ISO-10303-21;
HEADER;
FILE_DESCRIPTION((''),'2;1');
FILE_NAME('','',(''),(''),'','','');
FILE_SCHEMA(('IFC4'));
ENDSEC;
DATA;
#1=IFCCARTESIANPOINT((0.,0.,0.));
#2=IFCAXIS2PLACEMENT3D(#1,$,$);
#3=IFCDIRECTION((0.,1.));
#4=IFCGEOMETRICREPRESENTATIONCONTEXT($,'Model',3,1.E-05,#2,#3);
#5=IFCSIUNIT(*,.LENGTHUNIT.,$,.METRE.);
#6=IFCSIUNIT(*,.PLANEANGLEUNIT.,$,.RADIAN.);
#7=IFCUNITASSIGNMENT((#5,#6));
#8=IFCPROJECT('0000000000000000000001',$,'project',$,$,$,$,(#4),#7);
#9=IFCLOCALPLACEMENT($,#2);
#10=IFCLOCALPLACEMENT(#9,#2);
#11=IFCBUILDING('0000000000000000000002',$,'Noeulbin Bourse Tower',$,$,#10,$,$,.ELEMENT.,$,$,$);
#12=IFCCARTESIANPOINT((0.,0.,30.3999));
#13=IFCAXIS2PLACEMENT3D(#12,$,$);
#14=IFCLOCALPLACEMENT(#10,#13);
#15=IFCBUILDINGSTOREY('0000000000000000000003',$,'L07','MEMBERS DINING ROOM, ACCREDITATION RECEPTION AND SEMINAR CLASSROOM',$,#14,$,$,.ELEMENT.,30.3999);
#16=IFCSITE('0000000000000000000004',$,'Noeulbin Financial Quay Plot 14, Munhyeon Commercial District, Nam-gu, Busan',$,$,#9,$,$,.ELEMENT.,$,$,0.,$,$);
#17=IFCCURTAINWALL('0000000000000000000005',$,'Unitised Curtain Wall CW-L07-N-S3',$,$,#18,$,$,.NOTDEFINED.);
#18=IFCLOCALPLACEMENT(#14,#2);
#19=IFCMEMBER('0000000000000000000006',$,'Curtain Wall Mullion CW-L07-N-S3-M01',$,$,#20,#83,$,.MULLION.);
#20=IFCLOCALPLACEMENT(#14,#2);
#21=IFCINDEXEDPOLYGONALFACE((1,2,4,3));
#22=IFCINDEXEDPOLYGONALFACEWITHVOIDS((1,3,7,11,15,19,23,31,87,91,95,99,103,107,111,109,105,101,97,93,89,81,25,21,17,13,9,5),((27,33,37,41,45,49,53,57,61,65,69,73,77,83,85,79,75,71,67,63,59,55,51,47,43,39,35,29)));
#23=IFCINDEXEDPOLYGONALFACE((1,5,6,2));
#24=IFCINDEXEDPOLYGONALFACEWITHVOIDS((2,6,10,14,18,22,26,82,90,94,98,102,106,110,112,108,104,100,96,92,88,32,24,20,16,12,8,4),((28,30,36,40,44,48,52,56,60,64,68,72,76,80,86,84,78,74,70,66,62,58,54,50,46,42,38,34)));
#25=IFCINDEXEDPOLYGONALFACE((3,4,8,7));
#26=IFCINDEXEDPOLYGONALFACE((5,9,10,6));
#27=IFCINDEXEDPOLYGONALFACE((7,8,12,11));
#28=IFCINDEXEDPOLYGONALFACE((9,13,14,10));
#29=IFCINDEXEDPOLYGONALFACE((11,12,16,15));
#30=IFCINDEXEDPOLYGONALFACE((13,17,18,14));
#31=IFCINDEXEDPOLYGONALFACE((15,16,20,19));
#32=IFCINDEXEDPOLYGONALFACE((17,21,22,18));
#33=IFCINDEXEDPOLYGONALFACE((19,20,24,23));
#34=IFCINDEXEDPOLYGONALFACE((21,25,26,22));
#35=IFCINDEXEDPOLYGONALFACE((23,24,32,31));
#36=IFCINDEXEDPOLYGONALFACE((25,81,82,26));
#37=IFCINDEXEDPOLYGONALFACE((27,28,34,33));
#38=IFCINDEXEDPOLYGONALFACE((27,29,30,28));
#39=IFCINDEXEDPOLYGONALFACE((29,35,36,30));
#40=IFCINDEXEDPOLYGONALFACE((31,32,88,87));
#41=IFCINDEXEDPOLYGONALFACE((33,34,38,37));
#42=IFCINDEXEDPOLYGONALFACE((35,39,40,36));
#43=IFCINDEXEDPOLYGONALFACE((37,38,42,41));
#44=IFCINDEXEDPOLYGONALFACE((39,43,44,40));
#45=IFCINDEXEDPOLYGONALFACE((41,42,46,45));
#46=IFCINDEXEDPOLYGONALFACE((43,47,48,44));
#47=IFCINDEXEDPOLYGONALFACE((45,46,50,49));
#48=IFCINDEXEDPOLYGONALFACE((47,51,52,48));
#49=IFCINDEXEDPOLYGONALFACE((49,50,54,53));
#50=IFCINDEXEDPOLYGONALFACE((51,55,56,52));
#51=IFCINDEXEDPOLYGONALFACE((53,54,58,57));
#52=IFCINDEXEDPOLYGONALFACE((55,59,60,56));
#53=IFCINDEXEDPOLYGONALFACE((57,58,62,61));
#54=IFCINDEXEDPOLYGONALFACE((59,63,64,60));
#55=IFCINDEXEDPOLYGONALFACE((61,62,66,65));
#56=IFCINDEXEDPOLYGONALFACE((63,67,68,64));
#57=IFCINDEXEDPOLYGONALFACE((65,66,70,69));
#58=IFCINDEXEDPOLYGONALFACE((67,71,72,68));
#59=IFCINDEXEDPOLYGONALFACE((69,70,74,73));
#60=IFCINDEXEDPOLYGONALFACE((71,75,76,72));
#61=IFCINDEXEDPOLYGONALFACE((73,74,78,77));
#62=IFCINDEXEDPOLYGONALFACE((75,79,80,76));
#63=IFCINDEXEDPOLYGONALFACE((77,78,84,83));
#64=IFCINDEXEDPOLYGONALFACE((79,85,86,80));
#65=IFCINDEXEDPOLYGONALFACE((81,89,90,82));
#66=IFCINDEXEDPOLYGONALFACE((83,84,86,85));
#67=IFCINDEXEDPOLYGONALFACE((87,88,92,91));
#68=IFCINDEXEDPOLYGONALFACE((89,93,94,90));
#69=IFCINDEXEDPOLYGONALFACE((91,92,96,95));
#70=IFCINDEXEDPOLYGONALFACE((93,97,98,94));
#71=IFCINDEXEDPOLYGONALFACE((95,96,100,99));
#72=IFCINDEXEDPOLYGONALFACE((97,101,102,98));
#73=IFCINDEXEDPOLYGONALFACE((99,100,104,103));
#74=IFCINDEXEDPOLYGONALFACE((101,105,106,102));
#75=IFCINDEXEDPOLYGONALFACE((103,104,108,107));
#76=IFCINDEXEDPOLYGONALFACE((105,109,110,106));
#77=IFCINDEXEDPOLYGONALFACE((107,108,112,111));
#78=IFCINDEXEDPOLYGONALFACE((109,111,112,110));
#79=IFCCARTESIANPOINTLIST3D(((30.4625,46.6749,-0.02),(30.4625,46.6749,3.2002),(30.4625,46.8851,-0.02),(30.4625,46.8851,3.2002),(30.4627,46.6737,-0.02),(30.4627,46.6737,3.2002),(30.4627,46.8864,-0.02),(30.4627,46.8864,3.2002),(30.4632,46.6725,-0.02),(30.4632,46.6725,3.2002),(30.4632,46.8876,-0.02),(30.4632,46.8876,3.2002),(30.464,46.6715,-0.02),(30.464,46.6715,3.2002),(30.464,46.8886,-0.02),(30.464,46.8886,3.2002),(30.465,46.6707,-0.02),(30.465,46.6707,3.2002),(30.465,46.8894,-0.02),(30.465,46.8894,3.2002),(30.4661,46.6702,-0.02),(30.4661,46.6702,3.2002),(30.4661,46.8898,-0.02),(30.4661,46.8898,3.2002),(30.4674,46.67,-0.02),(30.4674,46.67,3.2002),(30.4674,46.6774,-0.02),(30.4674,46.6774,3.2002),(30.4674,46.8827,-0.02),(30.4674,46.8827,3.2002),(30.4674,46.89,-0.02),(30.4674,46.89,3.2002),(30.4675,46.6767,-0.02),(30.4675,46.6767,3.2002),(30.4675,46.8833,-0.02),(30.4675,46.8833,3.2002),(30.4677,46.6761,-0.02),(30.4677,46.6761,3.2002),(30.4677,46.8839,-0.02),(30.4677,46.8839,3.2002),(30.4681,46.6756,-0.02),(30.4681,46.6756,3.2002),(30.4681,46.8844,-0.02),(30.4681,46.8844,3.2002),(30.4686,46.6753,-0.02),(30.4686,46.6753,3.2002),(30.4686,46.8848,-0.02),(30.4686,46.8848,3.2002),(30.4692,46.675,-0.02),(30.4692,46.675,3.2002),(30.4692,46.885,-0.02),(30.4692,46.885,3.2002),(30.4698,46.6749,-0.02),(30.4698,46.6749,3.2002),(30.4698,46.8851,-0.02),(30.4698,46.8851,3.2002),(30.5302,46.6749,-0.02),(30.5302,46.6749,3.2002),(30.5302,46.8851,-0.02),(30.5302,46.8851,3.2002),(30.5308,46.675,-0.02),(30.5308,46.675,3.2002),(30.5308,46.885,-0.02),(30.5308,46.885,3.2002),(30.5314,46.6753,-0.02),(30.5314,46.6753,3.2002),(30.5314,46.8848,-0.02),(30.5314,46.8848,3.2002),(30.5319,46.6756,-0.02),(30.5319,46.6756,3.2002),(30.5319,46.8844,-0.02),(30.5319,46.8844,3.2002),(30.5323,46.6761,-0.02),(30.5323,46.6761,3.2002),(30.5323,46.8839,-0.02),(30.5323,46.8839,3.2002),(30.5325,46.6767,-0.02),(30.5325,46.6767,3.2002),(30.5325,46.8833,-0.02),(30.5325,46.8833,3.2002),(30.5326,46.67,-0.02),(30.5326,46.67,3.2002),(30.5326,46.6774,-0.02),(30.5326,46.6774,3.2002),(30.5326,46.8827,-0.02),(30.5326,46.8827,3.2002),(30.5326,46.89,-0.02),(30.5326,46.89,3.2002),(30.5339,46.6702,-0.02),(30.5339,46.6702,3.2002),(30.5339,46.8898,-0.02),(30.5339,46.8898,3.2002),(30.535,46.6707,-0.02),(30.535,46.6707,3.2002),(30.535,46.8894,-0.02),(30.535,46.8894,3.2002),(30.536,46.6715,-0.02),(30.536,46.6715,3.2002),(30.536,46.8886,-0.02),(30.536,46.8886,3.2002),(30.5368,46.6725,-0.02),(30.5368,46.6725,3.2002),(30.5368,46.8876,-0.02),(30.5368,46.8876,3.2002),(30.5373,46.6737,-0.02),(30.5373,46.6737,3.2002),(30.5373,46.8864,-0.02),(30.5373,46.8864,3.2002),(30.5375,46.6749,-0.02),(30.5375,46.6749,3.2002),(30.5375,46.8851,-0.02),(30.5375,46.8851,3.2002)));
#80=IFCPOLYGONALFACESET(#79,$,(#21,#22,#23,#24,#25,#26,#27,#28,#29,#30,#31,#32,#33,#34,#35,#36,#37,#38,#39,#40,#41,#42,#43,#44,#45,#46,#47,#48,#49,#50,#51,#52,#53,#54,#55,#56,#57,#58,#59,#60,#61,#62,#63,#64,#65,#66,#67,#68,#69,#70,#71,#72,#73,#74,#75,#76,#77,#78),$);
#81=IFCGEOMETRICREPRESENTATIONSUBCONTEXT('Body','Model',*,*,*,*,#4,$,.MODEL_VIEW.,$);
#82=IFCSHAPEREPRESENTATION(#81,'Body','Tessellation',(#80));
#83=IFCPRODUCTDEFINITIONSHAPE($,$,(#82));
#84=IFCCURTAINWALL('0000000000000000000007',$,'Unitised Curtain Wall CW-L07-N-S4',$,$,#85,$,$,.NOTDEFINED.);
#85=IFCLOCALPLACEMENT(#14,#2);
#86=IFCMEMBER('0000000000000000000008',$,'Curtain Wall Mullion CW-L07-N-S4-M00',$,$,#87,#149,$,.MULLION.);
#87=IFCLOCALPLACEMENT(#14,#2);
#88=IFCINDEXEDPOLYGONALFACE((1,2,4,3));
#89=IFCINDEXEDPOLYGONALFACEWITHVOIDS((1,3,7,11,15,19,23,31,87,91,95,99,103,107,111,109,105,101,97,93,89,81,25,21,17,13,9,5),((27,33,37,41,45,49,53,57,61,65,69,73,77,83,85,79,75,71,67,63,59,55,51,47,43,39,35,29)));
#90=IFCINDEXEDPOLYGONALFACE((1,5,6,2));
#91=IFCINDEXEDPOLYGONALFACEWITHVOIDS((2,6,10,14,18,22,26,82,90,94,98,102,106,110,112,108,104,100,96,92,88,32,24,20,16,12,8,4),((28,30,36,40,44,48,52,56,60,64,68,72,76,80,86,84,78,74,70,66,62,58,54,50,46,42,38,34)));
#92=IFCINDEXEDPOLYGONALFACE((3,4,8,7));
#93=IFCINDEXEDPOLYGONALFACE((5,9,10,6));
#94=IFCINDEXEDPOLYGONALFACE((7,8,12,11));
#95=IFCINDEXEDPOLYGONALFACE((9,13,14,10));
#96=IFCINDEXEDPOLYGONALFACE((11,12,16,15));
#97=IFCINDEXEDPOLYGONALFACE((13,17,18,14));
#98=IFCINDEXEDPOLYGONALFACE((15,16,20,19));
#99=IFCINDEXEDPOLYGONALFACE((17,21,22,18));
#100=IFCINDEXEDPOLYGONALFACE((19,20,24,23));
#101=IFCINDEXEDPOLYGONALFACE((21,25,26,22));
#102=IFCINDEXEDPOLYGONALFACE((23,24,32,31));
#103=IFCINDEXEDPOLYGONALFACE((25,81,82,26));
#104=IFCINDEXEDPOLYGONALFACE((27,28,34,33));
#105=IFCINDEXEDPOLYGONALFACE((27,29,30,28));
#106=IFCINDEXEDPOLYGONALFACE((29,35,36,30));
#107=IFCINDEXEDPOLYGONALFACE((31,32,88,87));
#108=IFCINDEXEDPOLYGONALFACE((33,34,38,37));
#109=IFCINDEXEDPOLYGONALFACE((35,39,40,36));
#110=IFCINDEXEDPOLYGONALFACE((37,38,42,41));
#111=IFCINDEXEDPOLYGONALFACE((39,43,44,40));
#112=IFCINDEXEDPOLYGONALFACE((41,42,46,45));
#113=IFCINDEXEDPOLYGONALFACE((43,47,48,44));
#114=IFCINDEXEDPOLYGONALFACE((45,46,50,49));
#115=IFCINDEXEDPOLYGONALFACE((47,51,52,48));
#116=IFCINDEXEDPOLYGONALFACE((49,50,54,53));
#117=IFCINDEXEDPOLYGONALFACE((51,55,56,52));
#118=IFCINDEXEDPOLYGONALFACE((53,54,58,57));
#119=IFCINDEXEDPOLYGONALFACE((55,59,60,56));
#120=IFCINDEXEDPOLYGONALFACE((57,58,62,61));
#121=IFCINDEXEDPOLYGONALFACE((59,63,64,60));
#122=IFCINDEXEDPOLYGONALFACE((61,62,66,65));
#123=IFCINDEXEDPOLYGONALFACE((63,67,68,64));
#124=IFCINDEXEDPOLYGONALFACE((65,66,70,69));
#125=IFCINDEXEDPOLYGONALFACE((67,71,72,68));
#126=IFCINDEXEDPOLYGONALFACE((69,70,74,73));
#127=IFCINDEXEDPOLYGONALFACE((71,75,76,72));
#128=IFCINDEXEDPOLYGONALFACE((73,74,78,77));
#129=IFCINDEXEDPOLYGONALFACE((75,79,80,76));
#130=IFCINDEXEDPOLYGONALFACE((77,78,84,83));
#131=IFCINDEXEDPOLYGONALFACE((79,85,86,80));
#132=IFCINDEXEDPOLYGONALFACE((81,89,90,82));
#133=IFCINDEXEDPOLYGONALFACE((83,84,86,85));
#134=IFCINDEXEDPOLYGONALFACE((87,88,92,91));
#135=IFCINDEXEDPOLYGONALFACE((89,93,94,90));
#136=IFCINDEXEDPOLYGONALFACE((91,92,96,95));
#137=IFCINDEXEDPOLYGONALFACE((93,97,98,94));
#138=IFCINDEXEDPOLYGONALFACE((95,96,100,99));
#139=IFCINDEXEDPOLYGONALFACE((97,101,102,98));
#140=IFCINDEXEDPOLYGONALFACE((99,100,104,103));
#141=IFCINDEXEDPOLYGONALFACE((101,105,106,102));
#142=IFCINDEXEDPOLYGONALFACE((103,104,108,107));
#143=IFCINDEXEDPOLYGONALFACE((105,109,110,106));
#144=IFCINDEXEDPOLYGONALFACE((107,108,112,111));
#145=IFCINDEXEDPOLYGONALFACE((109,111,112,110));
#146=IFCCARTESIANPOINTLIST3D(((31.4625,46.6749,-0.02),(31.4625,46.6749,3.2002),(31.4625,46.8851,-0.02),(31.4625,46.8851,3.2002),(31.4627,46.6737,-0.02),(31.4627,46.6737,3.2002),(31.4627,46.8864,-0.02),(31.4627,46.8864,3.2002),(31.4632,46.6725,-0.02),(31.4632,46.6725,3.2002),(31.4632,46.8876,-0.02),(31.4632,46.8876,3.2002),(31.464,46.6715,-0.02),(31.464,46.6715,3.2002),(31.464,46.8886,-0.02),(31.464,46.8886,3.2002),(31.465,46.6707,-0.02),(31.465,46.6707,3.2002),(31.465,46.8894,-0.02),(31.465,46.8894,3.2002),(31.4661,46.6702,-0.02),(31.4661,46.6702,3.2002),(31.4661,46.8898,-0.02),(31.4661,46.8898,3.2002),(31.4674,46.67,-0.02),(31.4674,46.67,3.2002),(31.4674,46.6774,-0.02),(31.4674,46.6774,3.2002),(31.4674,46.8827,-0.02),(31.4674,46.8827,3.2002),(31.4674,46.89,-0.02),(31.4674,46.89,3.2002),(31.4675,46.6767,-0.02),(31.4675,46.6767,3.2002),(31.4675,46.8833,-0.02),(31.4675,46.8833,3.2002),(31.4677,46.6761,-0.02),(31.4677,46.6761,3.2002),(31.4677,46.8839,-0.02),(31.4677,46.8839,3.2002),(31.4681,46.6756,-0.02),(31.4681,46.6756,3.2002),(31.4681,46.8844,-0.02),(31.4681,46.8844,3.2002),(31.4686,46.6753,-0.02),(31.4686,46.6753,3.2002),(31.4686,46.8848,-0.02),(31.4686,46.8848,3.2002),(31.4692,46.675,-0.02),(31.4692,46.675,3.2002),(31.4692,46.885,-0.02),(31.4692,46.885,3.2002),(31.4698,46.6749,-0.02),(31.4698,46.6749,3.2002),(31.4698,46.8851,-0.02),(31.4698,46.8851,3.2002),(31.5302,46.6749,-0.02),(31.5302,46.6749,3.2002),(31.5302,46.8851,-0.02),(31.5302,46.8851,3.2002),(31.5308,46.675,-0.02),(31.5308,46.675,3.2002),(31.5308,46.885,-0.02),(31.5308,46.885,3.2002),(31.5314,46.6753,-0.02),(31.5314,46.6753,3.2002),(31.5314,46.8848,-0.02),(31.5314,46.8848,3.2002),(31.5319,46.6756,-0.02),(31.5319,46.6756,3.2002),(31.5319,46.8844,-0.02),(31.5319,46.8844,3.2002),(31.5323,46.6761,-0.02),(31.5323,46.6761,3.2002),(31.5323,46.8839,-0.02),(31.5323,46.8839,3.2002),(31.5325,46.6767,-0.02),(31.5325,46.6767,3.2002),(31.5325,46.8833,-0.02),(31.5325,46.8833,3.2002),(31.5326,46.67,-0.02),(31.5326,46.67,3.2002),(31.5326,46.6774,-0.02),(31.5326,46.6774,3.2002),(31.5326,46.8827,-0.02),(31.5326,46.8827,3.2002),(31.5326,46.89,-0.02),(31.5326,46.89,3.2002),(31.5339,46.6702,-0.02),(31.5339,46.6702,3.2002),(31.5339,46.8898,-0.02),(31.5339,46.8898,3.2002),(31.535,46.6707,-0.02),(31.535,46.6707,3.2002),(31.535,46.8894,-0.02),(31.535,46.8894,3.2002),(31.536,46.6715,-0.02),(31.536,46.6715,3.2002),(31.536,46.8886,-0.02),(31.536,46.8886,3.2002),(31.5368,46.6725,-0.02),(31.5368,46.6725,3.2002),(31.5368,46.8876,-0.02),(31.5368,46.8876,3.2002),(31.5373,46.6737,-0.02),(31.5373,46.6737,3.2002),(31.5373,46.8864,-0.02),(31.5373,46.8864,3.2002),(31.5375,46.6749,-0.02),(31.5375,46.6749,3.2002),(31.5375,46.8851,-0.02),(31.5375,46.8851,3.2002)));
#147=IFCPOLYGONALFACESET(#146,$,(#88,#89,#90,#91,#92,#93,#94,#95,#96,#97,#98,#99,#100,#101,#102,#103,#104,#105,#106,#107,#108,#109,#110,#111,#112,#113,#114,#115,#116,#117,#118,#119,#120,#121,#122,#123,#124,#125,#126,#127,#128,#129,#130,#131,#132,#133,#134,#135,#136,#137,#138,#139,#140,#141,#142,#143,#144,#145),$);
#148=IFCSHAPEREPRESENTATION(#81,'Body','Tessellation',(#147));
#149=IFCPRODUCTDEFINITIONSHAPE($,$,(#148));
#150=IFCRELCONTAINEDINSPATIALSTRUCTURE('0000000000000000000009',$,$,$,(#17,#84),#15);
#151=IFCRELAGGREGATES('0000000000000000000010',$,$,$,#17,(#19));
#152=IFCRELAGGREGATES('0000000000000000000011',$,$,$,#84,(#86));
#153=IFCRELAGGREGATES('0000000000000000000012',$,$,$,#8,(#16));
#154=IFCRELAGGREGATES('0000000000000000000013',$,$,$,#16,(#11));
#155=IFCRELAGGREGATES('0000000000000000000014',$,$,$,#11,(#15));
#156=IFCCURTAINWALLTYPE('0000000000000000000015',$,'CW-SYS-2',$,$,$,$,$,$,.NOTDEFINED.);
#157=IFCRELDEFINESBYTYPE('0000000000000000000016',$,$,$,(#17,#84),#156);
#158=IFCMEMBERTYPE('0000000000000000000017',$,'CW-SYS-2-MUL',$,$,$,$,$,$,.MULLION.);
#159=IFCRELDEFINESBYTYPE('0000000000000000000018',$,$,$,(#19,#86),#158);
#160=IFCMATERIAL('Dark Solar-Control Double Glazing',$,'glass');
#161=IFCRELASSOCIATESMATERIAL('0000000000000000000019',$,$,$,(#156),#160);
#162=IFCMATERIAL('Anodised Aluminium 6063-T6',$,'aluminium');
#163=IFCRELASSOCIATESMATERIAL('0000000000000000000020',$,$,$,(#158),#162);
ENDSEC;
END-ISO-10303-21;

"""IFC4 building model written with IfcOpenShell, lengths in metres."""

from ifc_helpers import new_model, si_unit, direction, frame, origin, origin_2d, place, context, subcontext, project, spatial, hollow_rectangle, extrude, material, material_profile, profile_set, type_object, element, aggregate, save


model = new_model("IFC4")

# Units and contexts
model_context = context("Model", 3, precision=1e-05, world=origin(), true_north=direction((0.0, 1.0)))
body_context = subcontext(model_context, "Body", "Model", "MODEL_VIEW")
ifc_project = project(units=[si_unit("LENGTHUNIT", "METRE"), si_unit("PLANEANGLEUNIT", "RADIAN")], contexts=[model_context])

# Site, building, storey
site_placement = place(None, origin())
site = spatial("IfcSite", under=ifc_project, at=site_placement, Name="Noeulbin Financial Quay Plot 14, Munhyeon Commercial District, Nam-gu, Busan", CompositionType="ELEMENT", RefElevation=0.0)
building_placement = place(site_placement, origin())
building = spatial("IfcBuilding", under=site, at=building_placement, Name="Noeulbin Bourse Tower", CompositionType="ELEMENT")
storey_placement = place(building_placement, frame((0.0, 0.0, 30.3999)))
storey = spatial("IfcBuildingStorey", under=building, at=storey_placement, Name="L07", Description="MEMBERS DINING ROOM, ACCREDITATION RECEPTION AND SEMINAR CLASSROOM", CompositionType="ELEMENT", Elevation=30.3999)

# Curtain wall, member
ifc_material_1 = material(Name="Dark Solar-Control Double Glazing", Category="glass")
curtain_wall_type = type_object("IfcCurtainWallType", Name="CW-SYS-2", PredefinedType="NOTDEFINED", material=ifc_material_1)
curtain_wall_1_placement = place(storey_placement, origin())
curtain_wall_1 = element("IfcCurtainWall", 1, at=curtain_wall_1_placement, inside=storey, type_object=curtain_wall_type, Name="Unitised Curtain Wall CW-L07-N-S3", PredefinedType="NOTDEFINED")
ifc_material_2 = material(Name="Anodised Aluminium 6063-T6", Category="aluminium")
ifc_material_profile_1 = material_profile(ifc_material_2, hollow_rectangle(XDim=0.075, YDim=0.22, WallThickness=0.0049, InnerFilletRadius=0.0024, OuterFilletRadius=0.0049, at=origin_2d()), Name="ALU-MULL-75x220x5", Category="LoadBearing")
ifc_profile_set_1 = profile_set([ifc_material_profile_1], Name="Anodised Aluminium 6063-T6")
member_type_1 = type_object("IfcMemberType", Name="CW-SYS-2-MUL", PredefinedType="MULLION", material=ifc_profile_set_1)
member_1_placement = place(storey_placement, frame((30.5, 46.78, -0.02), z_axis=(0.0, 0.0, 1.0), x_axis=(1.0, 0.0, 0.0)))
member_1 = element("IfcMember", 2, at=member_1_placement, type_object=member_type_1, Name="Curtain Wall Mullion CW-L07-N-S3-M01", PredefinedType="MULLION", context=body_context, shape_type="SweptSolid", body=[
    extrude(hollow_rectangle(XDim=0.075, YDim=0.22, WallThickness=0.0049, InnerFilletRadius=0.0024, OuterFilletRadius=0.0049, at=origin_2d()), origin(), (0.0, 0.0, 1.0), 3.2202),
])
aggregate(curtain_wall_1, [member_1])

# Curtain wall, member
curtain_wall_2_placement = place(storey_placement, origin())
curtain_wall_2 = element("IfcCurtainWall", 3, at=curtain_wall_2_placement, inside=storey, type_object=curtain_wall_type, Name="Unitised Curtain Wall CW-L07-N-S4", PredefinedType="NOTDEFINED")
member_2_placement = place(storey_placement, frame((31.5, 46.78, -0.02), z_axis=(0.0, 0.0, 1.0), x_axis=(1.0, 0.0, 0.0)))
member_2 = element("IfcMember", 4, at=member_2_placement, type_object=member_type_1, Name="Curtain Wall Mullion CW-L07-N-S4-M00", PredefinedType="MULLION", context=body_context, shape_type="SweptSolid", body=[
    extrude(hollow_rectangle(XDim=0.075, YDim=0.22, WallThickness=0.0049, InnerFilletRadius=0.0024, OuterFilletRadius=0.0049, at=origin_2d()), origin(), (0.0, 0.0, 1.0), 3.2202),
])

aggregate(curtain_wall_2, [member_2])

save(model, "model.ifc")
